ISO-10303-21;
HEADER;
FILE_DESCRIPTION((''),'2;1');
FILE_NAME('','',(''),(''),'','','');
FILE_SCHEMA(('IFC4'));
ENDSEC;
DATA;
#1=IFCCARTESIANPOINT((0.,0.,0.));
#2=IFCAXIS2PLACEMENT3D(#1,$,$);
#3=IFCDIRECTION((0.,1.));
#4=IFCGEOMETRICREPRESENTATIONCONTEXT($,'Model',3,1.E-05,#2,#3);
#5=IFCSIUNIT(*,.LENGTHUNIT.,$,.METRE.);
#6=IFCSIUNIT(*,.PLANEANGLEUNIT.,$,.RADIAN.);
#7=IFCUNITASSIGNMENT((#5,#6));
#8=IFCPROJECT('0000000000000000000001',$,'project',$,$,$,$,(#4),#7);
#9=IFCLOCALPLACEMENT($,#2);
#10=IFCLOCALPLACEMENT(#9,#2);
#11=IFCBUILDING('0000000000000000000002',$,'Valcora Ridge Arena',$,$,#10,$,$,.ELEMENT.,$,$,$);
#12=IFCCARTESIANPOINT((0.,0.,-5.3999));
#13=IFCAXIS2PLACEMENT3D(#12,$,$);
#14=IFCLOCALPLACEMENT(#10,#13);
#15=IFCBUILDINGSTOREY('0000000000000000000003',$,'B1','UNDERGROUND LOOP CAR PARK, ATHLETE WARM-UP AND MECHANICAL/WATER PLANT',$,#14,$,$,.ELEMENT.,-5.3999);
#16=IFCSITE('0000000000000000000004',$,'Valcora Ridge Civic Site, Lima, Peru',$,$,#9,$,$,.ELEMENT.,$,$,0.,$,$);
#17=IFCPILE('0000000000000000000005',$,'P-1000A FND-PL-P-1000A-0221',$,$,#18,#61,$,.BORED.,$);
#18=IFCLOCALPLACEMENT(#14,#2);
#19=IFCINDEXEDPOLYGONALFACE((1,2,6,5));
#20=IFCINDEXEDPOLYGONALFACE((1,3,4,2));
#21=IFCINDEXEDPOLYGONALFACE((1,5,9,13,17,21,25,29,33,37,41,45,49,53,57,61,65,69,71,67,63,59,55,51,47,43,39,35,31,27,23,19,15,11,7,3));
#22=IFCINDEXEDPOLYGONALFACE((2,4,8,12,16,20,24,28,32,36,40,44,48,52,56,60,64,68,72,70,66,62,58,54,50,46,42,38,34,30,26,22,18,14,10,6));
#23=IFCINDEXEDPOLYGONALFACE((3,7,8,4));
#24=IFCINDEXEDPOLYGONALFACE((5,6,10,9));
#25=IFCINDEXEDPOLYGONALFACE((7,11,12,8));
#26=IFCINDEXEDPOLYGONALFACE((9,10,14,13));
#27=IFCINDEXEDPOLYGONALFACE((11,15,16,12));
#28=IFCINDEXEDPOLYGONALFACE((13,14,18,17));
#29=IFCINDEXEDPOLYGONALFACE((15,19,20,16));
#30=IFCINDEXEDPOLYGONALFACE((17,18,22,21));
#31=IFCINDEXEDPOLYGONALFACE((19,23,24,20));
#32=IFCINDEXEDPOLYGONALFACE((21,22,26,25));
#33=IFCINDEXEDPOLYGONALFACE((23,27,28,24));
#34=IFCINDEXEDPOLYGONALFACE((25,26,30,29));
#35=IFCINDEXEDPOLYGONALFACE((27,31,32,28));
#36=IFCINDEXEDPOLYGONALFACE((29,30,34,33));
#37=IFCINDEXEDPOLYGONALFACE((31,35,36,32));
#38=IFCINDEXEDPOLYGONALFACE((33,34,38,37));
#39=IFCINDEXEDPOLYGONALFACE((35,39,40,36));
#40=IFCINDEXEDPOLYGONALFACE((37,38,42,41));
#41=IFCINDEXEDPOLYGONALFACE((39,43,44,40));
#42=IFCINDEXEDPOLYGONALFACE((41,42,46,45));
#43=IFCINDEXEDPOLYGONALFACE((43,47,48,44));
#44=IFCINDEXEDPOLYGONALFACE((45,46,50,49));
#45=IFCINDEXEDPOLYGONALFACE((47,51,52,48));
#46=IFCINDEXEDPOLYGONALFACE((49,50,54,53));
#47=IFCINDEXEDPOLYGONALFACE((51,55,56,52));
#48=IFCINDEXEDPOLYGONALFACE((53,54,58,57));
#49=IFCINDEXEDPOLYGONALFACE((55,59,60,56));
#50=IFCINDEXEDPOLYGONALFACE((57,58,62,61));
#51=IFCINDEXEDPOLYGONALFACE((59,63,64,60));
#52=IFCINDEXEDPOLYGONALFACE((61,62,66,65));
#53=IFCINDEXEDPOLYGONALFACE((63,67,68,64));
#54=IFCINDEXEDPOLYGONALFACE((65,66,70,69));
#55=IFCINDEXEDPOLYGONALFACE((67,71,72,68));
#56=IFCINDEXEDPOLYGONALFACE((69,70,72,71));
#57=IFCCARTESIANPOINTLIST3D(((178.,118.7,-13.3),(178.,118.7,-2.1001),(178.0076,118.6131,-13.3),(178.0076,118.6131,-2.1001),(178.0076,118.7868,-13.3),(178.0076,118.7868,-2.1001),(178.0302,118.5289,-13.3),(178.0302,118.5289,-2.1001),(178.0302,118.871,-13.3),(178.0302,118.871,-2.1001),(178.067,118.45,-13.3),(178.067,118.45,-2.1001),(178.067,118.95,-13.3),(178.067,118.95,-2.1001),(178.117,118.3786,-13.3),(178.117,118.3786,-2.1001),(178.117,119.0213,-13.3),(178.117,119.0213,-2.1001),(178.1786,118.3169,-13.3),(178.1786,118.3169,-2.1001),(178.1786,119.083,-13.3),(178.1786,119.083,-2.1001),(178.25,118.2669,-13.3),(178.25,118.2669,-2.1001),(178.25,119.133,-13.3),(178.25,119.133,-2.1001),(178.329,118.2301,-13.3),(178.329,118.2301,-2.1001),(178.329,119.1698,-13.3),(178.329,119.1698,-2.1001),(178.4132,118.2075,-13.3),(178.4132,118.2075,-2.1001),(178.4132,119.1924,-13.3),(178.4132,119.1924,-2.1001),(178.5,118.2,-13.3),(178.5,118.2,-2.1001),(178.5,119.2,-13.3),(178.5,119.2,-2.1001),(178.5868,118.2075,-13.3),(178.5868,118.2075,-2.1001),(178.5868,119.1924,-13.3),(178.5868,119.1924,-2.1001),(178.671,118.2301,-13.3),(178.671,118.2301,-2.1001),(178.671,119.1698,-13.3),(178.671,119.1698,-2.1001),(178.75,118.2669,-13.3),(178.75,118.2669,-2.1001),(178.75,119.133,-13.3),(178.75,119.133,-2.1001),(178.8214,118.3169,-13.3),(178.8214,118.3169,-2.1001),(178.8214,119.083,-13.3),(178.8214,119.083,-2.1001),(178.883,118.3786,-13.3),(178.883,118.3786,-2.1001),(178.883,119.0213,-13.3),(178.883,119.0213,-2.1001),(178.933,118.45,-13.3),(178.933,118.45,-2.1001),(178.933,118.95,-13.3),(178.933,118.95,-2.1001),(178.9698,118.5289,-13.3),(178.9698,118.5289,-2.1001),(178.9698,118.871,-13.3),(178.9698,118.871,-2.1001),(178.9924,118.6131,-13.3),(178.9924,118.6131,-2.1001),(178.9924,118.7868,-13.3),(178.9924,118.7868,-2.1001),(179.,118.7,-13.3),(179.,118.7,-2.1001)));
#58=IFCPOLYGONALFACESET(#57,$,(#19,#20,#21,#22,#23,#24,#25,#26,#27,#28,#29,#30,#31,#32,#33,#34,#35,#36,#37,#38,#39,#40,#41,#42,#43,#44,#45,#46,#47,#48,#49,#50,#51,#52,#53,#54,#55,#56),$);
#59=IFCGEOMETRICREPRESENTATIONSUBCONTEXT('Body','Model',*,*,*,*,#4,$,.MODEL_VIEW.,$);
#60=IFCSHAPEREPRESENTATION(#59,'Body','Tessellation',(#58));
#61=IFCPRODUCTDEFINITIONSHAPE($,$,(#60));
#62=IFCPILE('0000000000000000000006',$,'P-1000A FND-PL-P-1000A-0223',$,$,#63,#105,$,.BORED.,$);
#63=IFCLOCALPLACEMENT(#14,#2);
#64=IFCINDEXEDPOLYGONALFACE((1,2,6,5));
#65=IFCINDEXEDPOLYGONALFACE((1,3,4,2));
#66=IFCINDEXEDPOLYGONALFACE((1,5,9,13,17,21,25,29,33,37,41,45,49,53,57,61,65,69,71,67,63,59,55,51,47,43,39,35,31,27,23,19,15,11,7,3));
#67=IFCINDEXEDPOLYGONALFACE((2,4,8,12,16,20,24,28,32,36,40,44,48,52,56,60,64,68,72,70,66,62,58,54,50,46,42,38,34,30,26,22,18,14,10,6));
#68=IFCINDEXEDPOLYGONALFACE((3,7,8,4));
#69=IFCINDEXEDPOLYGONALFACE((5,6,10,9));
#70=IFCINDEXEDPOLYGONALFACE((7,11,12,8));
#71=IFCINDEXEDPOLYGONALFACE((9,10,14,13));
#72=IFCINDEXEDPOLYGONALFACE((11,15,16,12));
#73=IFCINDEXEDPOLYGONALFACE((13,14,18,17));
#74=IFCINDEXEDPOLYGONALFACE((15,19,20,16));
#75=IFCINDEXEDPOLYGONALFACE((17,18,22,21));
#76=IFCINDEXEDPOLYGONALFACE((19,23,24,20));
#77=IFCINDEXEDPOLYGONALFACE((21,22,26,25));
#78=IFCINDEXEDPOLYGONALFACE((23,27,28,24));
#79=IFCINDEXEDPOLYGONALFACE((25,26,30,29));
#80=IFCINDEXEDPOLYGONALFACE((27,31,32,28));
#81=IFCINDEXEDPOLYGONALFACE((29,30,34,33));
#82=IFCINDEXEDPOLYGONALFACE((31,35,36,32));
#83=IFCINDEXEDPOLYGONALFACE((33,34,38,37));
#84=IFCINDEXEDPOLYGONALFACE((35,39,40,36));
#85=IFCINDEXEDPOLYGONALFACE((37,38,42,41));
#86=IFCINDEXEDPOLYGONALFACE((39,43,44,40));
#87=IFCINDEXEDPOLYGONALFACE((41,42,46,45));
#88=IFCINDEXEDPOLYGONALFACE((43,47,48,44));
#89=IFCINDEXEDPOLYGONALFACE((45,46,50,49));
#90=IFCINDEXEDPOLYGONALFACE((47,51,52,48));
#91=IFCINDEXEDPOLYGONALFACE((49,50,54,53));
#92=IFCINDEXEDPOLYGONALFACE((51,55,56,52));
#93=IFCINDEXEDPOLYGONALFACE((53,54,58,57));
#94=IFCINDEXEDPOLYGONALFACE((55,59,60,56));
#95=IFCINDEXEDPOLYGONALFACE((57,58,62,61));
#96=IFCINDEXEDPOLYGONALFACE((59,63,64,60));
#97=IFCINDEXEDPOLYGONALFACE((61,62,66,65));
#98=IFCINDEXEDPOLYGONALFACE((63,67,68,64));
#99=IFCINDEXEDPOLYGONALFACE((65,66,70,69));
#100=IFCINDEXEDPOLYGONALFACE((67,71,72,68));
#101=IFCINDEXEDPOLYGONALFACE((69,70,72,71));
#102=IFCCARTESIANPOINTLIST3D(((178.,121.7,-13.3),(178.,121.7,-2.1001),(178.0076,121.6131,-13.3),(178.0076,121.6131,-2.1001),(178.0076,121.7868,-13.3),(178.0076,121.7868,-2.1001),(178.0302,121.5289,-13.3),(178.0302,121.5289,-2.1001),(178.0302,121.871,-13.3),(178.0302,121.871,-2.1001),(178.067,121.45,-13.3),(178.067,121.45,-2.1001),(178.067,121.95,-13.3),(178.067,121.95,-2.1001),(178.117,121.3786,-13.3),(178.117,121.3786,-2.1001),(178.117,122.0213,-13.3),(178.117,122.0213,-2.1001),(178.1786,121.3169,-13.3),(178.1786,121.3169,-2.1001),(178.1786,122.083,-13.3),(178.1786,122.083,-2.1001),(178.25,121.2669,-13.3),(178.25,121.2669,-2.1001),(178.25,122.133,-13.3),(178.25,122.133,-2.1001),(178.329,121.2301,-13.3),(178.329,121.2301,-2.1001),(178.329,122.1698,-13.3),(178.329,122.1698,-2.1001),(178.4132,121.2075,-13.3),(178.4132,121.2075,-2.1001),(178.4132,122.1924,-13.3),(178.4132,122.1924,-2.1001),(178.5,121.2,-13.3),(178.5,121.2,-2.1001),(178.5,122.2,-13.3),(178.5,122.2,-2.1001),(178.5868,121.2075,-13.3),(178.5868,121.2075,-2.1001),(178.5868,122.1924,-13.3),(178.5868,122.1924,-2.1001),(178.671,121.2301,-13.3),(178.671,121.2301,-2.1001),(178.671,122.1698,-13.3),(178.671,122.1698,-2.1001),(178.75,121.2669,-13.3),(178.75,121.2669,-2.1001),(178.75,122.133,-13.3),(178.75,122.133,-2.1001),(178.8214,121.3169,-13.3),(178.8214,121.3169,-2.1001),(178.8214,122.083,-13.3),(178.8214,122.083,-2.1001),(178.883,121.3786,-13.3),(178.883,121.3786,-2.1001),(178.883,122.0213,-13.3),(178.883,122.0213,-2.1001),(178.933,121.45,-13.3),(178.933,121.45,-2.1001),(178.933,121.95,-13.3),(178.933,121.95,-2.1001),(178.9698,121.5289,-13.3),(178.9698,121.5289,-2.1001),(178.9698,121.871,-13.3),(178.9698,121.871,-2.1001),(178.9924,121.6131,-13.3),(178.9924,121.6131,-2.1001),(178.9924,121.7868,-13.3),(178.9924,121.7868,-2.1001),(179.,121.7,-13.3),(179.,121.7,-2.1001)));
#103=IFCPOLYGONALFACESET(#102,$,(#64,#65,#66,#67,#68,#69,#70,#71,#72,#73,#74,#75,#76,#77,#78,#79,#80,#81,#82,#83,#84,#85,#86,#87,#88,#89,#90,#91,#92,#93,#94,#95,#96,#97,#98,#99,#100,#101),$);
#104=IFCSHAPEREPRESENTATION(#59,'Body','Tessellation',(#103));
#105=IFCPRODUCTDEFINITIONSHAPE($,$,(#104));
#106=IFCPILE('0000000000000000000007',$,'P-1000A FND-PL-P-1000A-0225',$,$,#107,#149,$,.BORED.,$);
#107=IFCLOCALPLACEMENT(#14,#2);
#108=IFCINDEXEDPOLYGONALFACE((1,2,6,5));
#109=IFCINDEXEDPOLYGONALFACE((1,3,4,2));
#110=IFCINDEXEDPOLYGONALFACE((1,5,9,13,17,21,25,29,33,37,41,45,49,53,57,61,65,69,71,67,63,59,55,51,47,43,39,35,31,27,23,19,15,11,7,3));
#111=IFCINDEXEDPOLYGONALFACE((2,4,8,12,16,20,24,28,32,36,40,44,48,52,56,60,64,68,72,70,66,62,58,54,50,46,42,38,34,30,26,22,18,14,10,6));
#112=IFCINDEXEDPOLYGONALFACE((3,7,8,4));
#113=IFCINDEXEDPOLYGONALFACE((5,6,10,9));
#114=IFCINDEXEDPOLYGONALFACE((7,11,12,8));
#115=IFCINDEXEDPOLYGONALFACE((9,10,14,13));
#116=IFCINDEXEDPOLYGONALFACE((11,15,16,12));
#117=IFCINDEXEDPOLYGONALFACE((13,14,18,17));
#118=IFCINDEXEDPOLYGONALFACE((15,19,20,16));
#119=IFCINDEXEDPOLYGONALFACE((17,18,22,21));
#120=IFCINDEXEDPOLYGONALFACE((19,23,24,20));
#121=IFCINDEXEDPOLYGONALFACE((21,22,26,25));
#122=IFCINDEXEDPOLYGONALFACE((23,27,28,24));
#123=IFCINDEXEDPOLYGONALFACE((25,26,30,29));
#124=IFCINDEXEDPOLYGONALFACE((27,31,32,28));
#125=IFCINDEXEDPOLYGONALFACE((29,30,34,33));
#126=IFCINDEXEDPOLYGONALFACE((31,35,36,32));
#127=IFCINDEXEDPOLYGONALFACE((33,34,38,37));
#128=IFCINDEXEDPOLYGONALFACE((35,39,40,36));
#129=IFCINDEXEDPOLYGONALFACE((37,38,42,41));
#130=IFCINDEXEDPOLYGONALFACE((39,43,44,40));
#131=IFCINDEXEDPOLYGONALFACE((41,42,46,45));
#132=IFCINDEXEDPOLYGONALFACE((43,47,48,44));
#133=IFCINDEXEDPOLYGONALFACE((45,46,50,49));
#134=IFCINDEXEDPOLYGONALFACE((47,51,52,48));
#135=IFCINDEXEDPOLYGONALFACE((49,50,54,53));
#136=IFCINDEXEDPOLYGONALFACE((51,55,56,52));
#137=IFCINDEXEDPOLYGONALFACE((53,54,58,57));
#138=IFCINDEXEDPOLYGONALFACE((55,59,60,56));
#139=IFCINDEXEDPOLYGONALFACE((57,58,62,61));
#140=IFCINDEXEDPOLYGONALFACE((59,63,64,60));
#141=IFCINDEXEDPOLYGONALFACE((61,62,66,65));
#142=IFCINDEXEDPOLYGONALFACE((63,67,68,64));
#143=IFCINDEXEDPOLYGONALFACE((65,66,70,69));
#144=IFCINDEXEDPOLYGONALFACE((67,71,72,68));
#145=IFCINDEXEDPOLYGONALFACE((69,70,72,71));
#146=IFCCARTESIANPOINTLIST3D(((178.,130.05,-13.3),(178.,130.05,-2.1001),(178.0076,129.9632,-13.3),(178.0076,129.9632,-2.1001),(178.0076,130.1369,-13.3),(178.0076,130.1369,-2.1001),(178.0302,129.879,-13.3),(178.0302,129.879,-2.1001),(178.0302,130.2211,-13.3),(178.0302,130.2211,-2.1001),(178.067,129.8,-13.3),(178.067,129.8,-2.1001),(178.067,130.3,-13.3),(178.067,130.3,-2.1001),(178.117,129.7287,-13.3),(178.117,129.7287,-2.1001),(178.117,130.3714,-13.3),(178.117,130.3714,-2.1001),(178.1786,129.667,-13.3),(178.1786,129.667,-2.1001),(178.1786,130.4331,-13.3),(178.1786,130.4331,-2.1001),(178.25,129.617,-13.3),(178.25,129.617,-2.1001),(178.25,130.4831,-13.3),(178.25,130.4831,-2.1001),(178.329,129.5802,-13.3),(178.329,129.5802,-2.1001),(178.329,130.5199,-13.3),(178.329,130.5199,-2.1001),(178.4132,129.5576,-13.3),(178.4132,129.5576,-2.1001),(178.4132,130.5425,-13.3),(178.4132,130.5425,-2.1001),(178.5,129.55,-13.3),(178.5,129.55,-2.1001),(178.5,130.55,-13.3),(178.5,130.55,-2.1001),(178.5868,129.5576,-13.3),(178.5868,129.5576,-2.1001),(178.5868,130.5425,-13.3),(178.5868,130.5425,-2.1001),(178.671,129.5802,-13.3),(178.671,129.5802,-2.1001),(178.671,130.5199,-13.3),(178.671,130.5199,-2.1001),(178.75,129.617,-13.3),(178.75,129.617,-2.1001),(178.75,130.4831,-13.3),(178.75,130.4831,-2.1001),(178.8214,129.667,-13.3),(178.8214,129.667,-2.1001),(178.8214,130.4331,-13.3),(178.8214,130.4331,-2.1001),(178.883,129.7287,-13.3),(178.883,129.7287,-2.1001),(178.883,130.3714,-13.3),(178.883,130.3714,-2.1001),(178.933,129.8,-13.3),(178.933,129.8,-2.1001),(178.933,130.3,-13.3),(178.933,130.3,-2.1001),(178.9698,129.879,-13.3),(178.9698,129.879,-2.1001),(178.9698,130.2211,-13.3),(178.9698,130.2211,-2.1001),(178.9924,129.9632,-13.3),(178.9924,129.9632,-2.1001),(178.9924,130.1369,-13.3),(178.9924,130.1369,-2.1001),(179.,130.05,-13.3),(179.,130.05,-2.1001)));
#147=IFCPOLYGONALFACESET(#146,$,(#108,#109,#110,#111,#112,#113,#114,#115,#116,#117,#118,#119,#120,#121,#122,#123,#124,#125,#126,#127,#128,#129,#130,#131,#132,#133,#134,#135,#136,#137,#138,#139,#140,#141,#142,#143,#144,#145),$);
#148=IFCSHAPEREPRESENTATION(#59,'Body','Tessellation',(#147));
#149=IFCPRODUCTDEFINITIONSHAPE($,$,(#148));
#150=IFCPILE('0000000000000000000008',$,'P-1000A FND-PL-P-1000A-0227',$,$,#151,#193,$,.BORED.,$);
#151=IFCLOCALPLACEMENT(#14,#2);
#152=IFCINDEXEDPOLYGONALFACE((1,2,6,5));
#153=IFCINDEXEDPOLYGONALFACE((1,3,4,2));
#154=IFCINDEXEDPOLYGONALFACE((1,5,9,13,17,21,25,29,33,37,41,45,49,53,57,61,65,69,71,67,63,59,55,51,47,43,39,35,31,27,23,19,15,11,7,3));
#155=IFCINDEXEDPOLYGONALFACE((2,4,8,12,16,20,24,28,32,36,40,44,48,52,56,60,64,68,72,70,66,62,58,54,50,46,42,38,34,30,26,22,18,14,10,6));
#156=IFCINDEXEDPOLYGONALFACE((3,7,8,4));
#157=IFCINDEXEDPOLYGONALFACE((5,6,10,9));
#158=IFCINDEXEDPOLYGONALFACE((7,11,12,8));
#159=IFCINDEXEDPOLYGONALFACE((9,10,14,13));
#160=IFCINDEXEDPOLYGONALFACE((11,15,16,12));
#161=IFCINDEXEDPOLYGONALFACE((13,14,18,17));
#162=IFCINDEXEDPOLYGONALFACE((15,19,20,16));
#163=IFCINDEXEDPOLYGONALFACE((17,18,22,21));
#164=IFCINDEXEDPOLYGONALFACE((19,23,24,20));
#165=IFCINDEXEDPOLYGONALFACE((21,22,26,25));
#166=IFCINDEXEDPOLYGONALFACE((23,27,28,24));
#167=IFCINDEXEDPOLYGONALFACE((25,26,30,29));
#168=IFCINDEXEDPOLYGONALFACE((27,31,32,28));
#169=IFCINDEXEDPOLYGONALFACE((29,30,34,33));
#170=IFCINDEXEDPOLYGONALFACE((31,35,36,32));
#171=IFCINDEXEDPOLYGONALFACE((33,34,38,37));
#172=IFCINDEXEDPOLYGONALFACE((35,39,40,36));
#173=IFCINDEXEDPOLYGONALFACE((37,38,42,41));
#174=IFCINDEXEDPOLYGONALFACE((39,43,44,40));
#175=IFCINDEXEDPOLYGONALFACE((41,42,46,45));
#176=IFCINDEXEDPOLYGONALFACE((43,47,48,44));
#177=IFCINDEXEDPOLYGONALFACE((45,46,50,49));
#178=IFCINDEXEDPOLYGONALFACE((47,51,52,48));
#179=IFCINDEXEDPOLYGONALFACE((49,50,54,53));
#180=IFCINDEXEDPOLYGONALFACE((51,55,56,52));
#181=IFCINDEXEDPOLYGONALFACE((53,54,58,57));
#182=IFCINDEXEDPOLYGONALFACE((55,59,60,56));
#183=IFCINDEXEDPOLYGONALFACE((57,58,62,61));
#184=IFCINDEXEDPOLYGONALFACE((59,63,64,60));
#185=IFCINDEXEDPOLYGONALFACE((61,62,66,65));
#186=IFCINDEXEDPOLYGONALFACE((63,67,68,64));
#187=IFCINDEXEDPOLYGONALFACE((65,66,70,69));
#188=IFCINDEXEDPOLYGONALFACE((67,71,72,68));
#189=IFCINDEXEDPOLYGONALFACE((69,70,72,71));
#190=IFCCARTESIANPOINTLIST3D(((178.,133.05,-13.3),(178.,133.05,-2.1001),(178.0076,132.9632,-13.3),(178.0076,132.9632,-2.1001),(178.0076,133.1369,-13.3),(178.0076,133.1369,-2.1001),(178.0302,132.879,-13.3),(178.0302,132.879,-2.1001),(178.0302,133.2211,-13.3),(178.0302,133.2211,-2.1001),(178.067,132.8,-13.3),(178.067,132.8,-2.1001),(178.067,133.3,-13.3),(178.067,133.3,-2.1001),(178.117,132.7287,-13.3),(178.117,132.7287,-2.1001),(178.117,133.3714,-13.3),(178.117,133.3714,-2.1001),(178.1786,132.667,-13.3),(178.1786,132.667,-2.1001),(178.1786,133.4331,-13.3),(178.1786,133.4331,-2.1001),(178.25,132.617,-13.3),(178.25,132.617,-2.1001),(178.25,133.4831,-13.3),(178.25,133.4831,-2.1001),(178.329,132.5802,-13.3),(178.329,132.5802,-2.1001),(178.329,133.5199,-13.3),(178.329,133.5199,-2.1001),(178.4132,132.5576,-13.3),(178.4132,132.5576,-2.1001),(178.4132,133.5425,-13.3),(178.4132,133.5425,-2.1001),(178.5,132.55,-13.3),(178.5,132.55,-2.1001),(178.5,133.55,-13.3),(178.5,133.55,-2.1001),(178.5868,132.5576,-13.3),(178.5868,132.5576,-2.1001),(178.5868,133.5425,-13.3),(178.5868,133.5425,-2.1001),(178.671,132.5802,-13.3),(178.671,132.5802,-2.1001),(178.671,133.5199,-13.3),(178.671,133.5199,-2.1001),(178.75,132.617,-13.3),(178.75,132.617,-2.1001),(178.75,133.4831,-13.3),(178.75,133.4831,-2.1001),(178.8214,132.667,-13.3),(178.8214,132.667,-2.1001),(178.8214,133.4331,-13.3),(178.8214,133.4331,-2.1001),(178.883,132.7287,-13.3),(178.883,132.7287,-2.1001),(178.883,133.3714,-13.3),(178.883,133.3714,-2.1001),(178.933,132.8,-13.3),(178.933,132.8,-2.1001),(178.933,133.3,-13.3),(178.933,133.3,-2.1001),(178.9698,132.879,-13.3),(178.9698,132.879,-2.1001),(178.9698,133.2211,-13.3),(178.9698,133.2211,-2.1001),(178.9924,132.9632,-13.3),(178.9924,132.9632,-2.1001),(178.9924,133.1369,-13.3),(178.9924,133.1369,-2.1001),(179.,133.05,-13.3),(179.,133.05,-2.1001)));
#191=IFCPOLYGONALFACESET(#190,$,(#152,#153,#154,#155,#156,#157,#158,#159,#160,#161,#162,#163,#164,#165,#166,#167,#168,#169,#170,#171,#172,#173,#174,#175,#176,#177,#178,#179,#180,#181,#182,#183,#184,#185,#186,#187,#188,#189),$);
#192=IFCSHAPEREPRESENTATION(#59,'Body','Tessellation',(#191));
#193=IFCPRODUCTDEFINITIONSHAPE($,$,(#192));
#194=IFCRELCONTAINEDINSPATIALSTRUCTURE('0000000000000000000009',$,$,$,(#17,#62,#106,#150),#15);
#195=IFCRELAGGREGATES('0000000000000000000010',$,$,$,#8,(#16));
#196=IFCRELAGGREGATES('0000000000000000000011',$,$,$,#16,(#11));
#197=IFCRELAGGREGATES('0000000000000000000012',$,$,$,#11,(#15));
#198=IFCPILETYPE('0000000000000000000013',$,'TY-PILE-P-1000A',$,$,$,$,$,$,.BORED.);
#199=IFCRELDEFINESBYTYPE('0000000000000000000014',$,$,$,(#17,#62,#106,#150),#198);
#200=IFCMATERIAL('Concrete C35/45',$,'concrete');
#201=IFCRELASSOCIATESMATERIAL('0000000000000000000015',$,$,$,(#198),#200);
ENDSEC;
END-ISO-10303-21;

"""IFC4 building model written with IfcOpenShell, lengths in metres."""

from ifc_helpers import new_model, si_unit, direction, frame, origin, origin_2d, place, context, subcontext, project, spatial, circle, extrude, material, material_profile, profile_set, type_object, element, save


model = new_model("IFC4")

# Units and contexts
model_context = context("Model", 3, precision=1e-05, world=origin(), true_north=direction((0.0, 1.0)))
body_context = subcontext(model_context, "Body", "Model", "MODEL_VIEW")
ifc_project = project(units=[si_unit("LENGTHUNIT", "METRE"), si_unit("PLANEANGLEUNIT", "RADIAN")], contexts=[model_context])

# Site, building, storey
site_placement = place(None, origin())
site = spatial("IfcSite", under=ifc_project, at=site_placement, Name="Valcora Ridge Civic Site, Lima, Peru", CompositionType="ELEMENT", RefElevation=0.0)
building_placement = place(site_placement, origin())
building = spatial("IfcBuilding", under=site, at=building_placement, Name="Valcora Ridge Arena", CompositionType="ELEMENT")
storey_placement = place(building_placement, frame((0.0, 0.0, -5.3999)))
storey = spatial("IfcBuildingStorey", under=building, at=storey_placement, Name="B1", Description="UNDERGROUND LOOP CAR PARK, ATHLETE WARM-UP AND MECHANICAL/WATER PLANT", CompositionType="ELEMENT", Elevation=-5.3999)

# Piles
ifc_material_1 = material(Name="Concrete C35/45", Category="concrete")
ifc_material_profile_1 = material_profile(ifc_material_1, circle(Radius=0.5, at=origin_2d()), Name="BORED PILE D1000")
ifc_profile_set_1 = profile_set([ifc_material_profile_1], Name="Concrete C35/45")
pile_type_1 = type_object("IfcPileType", Name="TY-PILE-P-1000A", PredefinedType="BORED", material=ifc_profile_set_1)
for number, where, z_axis, x_axis, name in (
    (1, (178.5, 118.7, -2.1001), (0.0, 0.0, -1.0), (1.0, 0.0, 0.0), "P-1000A FND-PL-P-1000A-0221"),
    (2, (178.5, 121.7, -2.1001), (0.0, 0.0, -1.0), (1.0, 0.0, 0.0), "P-1000A FND-PL-P-1000A-0223"),
    (3, (178.5, 130.05, -2.1001), (0.0, 0.0, -1.0), (1.0, 0.0, 0.0), "P-1000A FND-PL-P-1000A-0225"),
    (4, (178.5, 133.05, -2.1001), (0.0, 0.0, -1.0), (1.0, 0.0, 0.0), "P-1000A FND-PL-P-1000A-0227"),
):
    element("IfcPile", number, at=place(storey_placement, frame(where, z_axis=z_axis, x_axis=x_axis)), inside=storey, type_object=pile_type_1, Name=name, PredefinedType="BORED", context=body_context, shape_type="SweptSolid", body=[
        extrude(circle(Radius=0.5, at=origin_2d()), origin(), (0.0, 0.0, 1.0), 11.2),
    ])

save(model, "model.ifc")
